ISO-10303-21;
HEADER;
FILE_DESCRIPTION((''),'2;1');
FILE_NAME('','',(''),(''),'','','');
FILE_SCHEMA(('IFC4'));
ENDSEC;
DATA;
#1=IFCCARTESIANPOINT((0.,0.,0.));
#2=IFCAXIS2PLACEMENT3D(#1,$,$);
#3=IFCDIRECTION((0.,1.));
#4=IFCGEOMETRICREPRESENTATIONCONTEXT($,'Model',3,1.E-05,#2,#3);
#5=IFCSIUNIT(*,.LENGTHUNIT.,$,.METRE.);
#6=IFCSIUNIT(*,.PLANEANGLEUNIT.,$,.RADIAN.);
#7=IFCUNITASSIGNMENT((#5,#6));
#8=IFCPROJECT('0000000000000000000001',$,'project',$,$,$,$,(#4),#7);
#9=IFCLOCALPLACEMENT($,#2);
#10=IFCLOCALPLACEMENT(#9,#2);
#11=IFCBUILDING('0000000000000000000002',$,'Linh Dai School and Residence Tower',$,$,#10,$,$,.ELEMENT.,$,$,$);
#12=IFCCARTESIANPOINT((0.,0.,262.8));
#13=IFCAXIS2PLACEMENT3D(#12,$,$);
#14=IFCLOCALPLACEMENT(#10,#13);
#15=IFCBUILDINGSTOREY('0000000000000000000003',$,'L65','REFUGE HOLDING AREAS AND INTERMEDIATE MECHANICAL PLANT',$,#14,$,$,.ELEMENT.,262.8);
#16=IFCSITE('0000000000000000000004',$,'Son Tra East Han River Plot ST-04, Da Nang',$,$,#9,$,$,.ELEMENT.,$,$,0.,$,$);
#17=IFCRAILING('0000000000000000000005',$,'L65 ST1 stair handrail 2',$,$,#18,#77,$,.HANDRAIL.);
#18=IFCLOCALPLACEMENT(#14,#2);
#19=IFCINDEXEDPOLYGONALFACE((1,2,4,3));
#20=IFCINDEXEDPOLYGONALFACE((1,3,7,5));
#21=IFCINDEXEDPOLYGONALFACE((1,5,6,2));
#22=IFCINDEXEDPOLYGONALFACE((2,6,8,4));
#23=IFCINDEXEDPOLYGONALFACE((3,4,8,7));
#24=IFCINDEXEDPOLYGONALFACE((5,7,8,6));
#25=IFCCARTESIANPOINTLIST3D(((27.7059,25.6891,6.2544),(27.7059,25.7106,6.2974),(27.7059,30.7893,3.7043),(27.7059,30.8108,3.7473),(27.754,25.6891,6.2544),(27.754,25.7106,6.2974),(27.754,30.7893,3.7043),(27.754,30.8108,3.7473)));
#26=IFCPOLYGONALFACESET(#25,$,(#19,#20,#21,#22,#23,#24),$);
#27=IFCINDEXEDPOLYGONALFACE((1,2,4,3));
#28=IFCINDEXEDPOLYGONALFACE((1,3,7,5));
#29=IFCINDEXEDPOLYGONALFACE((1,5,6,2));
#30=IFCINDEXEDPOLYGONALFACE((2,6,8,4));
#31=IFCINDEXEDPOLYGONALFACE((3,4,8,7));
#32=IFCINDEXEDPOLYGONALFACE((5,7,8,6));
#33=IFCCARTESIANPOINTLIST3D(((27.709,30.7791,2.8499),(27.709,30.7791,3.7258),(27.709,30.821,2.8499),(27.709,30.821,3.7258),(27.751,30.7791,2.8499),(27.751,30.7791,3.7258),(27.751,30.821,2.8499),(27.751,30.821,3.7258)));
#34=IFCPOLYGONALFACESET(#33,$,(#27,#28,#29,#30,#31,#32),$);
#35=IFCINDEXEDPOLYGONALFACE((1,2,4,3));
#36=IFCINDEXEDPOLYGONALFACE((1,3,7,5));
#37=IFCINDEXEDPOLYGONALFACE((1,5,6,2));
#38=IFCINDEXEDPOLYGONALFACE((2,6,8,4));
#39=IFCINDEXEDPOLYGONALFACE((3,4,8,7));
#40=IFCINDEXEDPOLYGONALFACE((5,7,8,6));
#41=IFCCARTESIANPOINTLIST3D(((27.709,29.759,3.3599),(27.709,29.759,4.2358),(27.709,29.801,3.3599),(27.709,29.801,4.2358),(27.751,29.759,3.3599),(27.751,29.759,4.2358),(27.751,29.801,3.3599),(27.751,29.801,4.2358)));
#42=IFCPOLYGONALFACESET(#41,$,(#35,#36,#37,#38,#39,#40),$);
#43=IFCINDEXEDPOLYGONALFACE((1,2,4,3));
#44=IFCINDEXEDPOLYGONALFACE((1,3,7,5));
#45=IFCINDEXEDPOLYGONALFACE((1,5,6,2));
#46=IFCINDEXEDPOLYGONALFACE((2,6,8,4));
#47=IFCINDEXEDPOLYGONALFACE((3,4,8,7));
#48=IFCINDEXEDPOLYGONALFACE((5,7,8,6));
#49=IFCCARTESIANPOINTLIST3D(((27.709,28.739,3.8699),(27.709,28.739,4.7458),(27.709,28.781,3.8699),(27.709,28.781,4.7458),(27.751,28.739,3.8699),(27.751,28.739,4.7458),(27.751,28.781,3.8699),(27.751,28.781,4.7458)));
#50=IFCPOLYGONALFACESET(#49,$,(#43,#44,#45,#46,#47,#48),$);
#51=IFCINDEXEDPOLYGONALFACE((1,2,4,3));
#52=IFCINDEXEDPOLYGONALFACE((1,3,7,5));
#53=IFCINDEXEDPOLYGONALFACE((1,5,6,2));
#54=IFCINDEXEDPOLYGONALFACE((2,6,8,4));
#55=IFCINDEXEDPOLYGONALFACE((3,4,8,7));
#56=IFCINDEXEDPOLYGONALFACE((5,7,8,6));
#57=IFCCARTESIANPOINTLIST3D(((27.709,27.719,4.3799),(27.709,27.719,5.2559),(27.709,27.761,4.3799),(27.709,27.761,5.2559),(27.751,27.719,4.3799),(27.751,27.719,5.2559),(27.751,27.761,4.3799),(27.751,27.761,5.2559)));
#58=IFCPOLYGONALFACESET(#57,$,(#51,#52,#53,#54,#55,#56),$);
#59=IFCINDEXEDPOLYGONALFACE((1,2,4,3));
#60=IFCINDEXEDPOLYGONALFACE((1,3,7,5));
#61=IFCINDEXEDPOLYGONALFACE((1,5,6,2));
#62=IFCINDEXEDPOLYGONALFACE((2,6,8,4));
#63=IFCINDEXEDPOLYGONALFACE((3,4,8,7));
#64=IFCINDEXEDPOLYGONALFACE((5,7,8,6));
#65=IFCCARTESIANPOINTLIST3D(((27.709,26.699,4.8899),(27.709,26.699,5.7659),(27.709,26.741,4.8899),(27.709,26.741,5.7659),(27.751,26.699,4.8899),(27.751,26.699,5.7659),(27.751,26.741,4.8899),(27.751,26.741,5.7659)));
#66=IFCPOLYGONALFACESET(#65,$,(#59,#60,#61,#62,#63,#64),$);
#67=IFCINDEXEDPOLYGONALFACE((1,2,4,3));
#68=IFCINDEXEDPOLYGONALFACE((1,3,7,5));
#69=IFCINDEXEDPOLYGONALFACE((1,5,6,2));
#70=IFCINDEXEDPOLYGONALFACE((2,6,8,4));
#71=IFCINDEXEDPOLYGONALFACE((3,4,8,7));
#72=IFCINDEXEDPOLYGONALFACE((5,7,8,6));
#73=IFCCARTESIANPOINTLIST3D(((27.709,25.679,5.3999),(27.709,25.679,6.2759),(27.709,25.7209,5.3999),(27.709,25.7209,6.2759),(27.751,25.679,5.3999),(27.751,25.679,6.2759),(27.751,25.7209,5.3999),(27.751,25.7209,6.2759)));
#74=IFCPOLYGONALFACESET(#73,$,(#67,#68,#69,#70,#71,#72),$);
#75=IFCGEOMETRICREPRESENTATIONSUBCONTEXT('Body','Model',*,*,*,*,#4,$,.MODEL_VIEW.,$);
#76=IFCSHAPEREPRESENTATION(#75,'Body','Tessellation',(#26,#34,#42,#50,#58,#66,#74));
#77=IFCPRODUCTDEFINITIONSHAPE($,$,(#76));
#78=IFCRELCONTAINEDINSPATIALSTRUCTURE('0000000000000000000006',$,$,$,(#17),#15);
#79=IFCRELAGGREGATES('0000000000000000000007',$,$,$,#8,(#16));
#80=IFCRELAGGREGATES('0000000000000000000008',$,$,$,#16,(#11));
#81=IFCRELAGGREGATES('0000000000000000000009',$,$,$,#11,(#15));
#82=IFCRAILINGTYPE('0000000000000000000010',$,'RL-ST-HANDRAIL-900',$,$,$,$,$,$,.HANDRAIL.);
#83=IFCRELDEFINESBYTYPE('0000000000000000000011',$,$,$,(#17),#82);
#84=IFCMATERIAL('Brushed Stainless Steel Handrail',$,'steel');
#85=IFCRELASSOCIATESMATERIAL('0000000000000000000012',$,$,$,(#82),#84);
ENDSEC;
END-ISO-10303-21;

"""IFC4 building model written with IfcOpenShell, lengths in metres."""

from ifc_helpers import new_model, si_unit, direction, frame, origin, origin_2d, place, context, subcontext, project, spatial, rectangle, extrude, source, transform, mapped, material, type_object, element, save


model = new_model("IFC4")

# Units and contexts
model_context = context("Model", 3, precision=1e-05, world=origin(), true_north=direction((0.0, 1.0)))
body_context = subcontext(model_context, "Body", "Model", "MODEL_VIEW")
ifc_project = project(units=[si_unit("LENGTHUNIT", "METRE"), si_unit("PLANEANGLEUNIT", "RADIAN")], contexts=[model_context])

# Site, building, storey
site_placement = place(None, origin())
site = spatial("IfcSite", under=ifc_project, at=site_placement, Name="Son Tra East Han River Plot ST-04, Da Nang", CompositionType="ELEMENT", RefElevation=0.0)
building_placement = place(site_placement, origin())
building = spatial("IfcBuilding", under=site, at=building_placement, Name="Linh Dai School and Residence Tower", CompositionType="ELEMENT")
storey_placement = place(building_placement, frame((0.0, 0.0, 262.8)))
storey = spatial("IfcBuildingStorey", under=building, at=storey_placement, Name="L65", Description="REFUGE HOLDING AREAS AND INTERMEDIATE MECHANICAL PLANT", CompositionType="ELEMENT", Elevation=262.8)

# Railing
ifc_material_1 = material(Name="Brushed Stainless Steel Handrail", Category="steel")
railing_type_1 = type_object("IfcRailingType", Name="RL-ST-HANDRAIL-900", PredefinedType="HANDRAIL", material=ifc_material_1)
shared_shape_1 = source(origin(), body_context, "Body", "SweptSolid", [
    extrude(rectangle(XDim=0.0481, YDim=0.0481, at=origin_2d()), frame((0.0, 0.0, 0.876), z_axis=(0.0, -0.894427, 0.447214), x_axis=(1.0, 0.0, 0.0)), (0.0, 0.0, 1.0), 5.7021),
    extrude(rectangle(XDim=0.042, YDim=0.042, at=origin_2d()), origin(), (0.0, 0.0, 1.0), 0.876),
    extrude(rectangle(XDim=0.042, YDim=0.042, at=origin_2d()), frame((0.0, -1.02, 0.51)), (0.0, 0.0, 1.0), 0.876),
    extrude(rectangle(XDim=0.042, YDim=0.042, at=origin_2d()), frame((0.0, -2.04, 1.02)), (0.0, 0.0, 1.0), 0.876),
    extrude(rectangle(XDim=0.042, YDim=0.042, at=origin_2d()), frame((0.0, -3.0601, 1.53)), (0.0, 0.0, 1.0), 0.876),
    extrude(rectangle(XDim=0.042, YDim=0.042, at=origin_2d()), frame((0.0, -4.0801, 2.04)), (0.0, 0.0, 1.0), 0.876),
    extrude(rectangle(XDim=0.042, YDim=0.042, at=origin_2d()), frame((0.0, -5.1001, 2.55)), (0.0, 0.0, 1.0), 0.876),
])
railing_1_placement = place(storey_placement, frame((27.73, 30.8, 2.8499)))
element("IfcRailing", 1, at=railing_1_placement, inside=storey, type_object=railing_type_1, Name="L65 ST1 stair handrail 2", PredefinedType="HANDRAIL", context=body_context, shape_type="MappedRepresentation", body=[
    mapped(shared_shape_1, transform((0.0, 0.0, 0.0), x_axis=(1.0, 0.0, 0.0), y_axis=(0.0, 1.0, 0.0), z_axis=(0.0, 0.0, 1.0), scale=1.0)),
])

save(model, "model.ifc")
